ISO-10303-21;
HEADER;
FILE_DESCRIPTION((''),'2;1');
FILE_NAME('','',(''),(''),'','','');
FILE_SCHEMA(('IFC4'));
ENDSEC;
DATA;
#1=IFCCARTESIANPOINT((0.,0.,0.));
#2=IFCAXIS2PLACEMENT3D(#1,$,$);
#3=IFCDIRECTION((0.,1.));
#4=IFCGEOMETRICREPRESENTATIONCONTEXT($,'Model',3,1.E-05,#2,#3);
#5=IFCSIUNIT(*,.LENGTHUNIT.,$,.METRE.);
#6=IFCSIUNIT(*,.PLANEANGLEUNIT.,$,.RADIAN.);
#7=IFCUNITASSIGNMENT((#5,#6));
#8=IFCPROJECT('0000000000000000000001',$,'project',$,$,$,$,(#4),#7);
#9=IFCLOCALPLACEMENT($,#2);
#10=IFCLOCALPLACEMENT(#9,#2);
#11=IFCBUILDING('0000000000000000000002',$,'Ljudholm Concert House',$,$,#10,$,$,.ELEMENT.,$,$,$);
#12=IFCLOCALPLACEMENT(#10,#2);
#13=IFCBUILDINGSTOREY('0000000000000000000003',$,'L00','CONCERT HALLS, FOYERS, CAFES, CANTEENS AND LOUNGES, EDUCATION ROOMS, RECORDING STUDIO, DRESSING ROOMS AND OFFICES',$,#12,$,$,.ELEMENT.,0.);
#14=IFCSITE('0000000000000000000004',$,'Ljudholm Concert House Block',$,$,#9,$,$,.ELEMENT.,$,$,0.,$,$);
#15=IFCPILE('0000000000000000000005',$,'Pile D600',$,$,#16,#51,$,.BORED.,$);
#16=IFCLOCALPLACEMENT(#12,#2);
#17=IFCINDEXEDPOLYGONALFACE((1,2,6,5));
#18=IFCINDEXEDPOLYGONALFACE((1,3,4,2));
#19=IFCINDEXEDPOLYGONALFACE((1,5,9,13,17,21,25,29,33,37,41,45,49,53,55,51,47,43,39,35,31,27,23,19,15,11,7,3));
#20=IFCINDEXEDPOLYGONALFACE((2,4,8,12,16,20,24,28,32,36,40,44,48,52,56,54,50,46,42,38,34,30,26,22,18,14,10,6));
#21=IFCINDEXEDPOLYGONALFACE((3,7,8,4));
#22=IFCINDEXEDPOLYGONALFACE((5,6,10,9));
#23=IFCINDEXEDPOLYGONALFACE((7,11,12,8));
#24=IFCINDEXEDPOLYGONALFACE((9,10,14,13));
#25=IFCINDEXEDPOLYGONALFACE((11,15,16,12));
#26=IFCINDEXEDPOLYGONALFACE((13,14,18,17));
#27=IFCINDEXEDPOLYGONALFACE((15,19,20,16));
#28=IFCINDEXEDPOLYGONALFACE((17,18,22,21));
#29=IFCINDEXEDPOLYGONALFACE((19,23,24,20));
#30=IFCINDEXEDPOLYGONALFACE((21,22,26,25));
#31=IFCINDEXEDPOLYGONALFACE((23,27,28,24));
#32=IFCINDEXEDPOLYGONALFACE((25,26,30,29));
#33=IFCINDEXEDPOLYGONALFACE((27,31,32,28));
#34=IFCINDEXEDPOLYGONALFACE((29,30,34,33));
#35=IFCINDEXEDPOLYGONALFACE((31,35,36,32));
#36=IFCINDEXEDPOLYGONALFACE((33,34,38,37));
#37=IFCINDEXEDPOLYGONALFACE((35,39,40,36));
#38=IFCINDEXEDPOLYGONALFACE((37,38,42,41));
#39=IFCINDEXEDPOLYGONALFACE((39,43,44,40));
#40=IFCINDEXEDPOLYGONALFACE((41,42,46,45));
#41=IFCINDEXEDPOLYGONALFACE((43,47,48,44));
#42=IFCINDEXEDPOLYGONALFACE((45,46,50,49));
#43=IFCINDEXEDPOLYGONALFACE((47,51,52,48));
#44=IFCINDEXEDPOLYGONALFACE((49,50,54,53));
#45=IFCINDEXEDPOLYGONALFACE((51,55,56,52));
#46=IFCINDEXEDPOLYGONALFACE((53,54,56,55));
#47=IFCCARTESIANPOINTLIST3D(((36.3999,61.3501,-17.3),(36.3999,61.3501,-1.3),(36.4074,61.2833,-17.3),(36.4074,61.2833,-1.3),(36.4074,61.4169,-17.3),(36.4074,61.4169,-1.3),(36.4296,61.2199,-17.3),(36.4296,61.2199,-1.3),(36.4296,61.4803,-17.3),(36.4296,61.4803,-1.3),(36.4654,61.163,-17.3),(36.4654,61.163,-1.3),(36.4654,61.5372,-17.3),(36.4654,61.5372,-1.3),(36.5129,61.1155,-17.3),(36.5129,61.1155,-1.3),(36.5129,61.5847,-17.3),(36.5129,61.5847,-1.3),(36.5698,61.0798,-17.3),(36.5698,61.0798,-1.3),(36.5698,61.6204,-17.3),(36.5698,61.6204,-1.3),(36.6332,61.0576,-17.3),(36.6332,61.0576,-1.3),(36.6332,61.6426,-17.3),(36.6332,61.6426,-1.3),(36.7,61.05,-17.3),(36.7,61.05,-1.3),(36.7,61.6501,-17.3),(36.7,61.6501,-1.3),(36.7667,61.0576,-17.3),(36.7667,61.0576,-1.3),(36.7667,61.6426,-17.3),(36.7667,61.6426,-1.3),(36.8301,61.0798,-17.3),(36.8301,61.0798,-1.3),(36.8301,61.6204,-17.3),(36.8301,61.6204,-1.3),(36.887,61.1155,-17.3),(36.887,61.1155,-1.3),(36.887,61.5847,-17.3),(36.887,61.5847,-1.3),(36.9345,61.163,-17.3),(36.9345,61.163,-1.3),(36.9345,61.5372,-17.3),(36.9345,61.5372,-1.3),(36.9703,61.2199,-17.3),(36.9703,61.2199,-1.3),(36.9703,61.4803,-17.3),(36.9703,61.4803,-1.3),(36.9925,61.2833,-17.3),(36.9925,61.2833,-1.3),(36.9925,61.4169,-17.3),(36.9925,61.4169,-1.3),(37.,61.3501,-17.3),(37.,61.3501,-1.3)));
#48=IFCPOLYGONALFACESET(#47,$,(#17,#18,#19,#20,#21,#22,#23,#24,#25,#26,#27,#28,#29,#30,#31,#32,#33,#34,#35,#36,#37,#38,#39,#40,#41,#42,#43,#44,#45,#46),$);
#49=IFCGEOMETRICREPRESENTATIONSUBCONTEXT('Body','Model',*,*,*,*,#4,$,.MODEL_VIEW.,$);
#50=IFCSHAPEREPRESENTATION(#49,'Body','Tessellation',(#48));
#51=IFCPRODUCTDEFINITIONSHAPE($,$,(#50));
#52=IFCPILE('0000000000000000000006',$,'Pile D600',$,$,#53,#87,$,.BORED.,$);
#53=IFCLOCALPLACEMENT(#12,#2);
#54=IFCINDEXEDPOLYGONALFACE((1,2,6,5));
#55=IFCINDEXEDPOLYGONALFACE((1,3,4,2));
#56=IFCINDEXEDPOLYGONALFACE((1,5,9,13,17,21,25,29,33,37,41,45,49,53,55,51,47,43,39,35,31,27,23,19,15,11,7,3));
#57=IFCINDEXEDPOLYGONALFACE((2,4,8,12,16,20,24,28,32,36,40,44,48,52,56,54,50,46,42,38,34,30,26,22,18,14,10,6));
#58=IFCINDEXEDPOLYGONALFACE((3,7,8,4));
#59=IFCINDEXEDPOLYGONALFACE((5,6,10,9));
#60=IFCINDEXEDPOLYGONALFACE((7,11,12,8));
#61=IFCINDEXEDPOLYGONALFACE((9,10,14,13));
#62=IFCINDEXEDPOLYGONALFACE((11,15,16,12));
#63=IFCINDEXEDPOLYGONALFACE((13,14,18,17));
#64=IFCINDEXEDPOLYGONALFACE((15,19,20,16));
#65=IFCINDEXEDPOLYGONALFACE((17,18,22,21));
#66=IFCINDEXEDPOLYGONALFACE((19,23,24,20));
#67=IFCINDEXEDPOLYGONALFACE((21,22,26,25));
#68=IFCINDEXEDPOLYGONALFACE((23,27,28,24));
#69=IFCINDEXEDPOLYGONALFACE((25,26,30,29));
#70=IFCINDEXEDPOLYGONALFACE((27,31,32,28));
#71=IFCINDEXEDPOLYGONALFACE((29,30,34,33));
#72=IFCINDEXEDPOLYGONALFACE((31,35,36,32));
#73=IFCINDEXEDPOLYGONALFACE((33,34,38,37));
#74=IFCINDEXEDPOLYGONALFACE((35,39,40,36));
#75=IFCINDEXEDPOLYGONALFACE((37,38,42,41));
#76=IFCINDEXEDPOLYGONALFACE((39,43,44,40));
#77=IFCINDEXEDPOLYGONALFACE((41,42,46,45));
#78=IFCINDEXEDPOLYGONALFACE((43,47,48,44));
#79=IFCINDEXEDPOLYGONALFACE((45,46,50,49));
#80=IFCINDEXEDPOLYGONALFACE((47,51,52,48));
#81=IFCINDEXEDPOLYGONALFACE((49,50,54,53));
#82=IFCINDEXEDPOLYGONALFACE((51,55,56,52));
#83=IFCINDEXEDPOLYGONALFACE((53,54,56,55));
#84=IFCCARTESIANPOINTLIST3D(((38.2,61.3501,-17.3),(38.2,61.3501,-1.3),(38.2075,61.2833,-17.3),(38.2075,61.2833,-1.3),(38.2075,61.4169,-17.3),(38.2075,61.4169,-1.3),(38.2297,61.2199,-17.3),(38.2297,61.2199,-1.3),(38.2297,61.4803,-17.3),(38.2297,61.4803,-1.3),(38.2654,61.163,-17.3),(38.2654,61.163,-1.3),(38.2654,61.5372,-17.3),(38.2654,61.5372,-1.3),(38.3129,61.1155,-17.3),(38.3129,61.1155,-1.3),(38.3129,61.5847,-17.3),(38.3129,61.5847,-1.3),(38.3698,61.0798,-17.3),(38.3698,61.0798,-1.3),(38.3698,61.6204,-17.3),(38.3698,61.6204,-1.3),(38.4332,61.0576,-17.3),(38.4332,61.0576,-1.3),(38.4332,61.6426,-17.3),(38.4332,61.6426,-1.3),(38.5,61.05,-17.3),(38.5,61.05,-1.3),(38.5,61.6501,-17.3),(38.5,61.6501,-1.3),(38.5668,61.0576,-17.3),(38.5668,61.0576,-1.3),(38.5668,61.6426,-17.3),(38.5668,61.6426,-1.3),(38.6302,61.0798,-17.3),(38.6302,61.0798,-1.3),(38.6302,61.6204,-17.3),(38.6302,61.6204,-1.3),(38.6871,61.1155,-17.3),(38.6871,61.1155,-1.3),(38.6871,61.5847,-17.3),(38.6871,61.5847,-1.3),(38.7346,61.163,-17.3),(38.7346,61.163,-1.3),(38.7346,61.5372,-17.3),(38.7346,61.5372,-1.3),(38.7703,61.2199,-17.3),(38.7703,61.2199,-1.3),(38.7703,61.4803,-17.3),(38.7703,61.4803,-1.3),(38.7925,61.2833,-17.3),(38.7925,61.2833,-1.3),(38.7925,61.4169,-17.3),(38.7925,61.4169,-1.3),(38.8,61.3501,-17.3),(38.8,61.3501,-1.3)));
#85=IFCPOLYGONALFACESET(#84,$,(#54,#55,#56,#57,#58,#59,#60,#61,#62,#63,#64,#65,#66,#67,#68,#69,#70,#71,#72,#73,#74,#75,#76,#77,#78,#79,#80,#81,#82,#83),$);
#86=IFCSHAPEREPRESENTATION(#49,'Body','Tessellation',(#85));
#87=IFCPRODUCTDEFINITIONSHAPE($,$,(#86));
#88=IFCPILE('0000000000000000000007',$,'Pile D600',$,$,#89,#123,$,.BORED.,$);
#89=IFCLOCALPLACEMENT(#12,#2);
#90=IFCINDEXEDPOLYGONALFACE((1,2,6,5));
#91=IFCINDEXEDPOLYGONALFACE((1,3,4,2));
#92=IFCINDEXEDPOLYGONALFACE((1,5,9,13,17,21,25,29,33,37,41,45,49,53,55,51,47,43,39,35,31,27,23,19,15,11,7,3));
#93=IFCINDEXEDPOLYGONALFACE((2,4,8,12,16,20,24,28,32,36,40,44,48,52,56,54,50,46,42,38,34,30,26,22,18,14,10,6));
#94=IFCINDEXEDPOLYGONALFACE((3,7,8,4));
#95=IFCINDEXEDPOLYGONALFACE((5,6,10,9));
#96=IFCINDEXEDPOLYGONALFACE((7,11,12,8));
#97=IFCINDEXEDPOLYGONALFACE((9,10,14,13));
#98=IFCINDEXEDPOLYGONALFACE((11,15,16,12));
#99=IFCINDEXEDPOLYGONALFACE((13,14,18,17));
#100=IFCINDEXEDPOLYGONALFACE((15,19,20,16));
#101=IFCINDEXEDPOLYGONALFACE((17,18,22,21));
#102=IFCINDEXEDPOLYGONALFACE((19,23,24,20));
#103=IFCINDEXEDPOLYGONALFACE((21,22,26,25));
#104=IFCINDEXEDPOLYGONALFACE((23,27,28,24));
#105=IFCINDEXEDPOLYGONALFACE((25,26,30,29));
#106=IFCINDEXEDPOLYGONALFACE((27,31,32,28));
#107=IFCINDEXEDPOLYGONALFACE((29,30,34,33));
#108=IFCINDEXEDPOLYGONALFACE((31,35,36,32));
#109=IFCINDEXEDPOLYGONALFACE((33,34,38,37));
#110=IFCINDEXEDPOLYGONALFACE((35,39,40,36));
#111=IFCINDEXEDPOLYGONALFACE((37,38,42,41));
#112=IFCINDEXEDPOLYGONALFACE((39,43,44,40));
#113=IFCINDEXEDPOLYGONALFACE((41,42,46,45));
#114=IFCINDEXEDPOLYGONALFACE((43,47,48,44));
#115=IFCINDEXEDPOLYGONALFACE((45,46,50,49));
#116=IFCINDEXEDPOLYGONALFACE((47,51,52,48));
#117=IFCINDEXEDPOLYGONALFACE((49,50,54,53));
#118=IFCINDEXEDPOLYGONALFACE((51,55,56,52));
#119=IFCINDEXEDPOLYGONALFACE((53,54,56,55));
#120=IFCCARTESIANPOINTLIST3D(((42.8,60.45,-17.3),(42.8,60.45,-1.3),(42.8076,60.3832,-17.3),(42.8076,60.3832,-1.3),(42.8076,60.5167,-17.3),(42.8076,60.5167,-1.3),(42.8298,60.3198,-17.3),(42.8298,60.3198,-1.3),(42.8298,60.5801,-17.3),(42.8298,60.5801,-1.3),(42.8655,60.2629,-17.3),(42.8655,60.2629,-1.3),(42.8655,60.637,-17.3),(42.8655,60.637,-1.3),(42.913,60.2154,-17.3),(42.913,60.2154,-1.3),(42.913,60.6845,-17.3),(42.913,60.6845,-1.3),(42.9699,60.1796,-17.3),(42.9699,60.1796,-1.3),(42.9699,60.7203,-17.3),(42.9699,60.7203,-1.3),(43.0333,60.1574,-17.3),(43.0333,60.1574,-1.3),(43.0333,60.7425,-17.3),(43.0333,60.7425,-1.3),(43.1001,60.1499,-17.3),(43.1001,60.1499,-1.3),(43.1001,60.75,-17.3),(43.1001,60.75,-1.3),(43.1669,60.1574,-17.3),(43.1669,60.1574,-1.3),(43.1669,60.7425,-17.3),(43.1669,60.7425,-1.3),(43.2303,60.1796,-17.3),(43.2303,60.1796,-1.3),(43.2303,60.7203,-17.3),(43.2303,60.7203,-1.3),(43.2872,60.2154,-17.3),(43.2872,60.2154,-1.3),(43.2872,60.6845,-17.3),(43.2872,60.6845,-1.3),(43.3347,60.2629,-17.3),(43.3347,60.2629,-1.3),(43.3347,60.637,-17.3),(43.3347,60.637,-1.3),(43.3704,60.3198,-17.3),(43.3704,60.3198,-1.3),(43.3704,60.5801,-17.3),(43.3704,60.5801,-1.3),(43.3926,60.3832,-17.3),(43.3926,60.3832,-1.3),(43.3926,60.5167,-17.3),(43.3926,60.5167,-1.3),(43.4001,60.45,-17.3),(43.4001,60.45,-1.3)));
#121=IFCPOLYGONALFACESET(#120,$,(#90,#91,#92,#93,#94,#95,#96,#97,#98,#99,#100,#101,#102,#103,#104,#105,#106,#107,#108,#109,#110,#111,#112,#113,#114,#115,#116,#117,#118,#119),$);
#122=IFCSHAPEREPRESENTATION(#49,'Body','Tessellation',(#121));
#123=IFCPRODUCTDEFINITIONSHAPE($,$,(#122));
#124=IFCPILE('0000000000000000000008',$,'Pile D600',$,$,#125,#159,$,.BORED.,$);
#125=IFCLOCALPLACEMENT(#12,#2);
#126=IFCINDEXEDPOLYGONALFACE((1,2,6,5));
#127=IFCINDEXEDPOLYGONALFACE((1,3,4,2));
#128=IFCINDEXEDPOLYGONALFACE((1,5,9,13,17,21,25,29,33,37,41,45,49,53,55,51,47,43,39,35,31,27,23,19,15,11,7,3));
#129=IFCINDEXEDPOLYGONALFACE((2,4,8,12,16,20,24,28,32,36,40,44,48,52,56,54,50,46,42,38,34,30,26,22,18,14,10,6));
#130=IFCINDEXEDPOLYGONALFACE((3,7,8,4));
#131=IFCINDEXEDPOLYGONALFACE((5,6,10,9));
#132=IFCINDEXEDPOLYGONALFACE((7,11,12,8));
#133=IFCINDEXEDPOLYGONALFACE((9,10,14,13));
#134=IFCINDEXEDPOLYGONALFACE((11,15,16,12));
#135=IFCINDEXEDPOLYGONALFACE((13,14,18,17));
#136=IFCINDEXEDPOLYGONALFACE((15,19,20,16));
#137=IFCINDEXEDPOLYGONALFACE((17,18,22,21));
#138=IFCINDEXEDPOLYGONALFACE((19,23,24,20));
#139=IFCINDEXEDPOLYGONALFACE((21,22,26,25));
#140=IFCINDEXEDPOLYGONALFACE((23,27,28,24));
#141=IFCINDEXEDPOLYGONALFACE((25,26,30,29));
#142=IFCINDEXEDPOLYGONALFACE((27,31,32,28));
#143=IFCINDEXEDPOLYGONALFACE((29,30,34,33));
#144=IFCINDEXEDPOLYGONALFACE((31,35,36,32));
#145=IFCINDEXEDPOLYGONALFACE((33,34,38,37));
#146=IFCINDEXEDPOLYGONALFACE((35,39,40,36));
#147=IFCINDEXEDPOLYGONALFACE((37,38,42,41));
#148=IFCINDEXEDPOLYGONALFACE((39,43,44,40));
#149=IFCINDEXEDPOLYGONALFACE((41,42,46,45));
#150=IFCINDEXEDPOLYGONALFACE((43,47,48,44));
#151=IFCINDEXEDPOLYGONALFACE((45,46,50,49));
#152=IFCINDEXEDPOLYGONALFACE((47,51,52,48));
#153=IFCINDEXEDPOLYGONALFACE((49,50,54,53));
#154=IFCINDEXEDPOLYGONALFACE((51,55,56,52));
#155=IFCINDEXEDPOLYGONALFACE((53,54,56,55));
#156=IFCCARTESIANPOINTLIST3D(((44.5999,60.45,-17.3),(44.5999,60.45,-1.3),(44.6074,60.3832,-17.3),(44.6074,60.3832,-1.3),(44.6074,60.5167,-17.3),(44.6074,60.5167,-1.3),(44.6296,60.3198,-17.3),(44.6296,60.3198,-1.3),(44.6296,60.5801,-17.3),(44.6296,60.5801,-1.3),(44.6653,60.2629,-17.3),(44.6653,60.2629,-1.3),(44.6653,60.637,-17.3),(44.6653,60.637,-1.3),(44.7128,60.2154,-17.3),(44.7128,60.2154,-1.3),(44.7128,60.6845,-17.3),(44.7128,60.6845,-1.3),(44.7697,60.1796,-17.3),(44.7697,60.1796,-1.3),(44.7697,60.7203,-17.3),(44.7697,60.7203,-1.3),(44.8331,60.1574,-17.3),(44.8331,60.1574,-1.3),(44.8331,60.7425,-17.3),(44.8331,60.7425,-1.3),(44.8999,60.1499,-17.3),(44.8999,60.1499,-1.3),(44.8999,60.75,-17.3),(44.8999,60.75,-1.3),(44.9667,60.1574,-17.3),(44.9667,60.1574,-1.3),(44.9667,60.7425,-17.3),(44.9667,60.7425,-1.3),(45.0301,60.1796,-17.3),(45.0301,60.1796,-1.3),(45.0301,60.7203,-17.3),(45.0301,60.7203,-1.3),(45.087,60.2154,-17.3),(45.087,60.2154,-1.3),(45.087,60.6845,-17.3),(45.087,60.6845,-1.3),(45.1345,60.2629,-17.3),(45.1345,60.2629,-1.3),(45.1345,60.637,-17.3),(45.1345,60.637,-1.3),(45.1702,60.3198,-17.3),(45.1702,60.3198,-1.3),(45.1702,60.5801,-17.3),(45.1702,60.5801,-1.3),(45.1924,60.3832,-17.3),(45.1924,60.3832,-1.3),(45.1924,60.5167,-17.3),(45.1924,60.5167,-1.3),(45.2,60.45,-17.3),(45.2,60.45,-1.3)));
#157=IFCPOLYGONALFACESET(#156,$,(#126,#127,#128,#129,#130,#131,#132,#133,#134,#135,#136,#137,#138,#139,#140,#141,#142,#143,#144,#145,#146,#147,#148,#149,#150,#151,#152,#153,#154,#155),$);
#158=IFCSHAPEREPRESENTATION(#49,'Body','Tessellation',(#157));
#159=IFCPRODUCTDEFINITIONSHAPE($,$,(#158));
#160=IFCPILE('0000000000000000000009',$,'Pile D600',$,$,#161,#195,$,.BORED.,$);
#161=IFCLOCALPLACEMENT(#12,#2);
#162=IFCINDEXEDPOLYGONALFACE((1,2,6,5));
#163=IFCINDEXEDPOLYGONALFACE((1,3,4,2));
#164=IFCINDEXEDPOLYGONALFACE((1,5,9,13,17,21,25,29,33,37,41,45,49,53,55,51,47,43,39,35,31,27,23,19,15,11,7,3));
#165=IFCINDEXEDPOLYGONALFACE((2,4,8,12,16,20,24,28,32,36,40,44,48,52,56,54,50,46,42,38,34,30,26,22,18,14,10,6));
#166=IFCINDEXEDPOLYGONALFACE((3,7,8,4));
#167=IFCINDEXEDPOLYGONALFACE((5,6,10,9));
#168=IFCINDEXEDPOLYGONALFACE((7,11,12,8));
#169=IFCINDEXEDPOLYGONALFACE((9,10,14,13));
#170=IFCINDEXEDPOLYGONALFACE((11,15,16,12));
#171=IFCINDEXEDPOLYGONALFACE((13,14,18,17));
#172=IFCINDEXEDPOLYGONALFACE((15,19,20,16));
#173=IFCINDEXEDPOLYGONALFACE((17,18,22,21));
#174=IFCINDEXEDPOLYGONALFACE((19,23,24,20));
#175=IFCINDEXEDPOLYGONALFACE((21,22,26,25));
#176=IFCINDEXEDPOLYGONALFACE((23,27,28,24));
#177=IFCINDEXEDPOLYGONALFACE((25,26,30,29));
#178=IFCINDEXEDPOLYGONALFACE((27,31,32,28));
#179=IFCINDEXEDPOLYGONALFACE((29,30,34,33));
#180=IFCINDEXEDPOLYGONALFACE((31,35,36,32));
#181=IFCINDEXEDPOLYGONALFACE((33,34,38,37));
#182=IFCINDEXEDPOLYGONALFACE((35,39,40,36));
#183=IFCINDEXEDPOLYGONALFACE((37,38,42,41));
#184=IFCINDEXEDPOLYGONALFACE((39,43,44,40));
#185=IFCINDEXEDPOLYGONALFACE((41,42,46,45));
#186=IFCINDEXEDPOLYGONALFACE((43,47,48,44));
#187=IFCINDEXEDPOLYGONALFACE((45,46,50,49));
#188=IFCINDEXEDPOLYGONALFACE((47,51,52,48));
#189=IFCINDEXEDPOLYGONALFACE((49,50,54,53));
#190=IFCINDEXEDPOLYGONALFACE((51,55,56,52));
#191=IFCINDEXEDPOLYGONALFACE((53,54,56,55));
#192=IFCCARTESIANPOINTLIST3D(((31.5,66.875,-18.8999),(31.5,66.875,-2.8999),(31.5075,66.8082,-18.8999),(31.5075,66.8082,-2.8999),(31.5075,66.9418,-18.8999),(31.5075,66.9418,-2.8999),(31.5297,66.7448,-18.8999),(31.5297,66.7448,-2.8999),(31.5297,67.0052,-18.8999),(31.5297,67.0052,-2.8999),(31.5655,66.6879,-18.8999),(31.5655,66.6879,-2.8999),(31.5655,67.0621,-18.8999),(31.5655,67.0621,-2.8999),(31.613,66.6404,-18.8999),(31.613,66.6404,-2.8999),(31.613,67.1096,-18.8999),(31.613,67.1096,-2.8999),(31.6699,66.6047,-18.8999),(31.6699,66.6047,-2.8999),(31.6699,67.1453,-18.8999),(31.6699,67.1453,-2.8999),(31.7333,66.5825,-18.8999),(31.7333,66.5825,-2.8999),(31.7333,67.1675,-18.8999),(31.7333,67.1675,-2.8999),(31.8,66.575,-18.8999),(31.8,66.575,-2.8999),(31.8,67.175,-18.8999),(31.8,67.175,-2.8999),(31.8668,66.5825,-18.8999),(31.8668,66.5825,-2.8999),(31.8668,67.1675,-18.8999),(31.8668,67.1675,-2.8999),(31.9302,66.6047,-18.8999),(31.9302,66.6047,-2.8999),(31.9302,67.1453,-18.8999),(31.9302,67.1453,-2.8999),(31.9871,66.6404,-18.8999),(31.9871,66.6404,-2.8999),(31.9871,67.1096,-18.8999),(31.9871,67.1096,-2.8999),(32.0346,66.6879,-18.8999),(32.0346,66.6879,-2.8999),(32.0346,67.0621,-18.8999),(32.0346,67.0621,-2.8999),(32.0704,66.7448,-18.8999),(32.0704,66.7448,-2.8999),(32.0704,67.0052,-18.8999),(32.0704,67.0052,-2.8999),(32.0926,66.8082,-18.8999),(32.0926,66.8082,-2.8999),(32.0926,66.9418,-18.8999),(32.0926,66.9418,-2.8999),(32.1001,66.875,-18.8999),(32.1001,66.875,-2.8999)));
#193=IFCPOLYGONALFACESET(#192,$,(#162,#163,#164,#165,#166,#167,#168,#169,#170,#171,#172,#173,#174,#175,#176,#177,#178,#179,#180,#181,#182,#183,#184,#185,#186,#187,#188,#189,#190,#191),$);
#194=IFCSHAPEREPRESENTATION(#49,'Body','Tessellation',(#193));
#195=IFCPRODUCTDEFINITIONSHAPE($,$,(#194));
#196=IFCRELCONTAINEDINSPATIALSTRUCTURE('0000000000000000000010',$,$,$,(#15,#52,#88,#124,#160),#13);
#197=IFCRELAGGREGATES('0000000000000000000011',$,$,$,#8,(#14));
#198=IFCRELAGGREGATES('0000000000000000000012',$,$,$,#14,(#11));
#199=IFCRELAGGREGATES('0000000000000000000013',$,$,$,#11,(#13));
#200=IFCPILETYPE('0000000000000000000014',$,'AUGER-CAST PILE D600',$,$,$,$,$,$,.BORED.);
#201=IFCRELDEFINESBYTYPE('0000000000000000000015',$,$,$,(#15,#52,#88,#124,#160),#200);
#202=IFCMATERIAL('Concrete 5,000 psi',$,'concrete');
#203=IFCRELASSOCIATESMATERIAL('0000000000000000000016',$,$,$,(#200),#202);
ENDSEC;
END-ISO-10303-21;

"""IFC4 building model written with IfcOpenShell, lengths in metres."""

from ifc_helpers import new_model, si_unit, direction, frame, origin, origin_2d, place, context, subcontext, project, spatial, circle, extrude, material, material_profile, profile_set, type_object, element, save


model = new_model("IFC4")

# Units and contexts
model_context = context("Model", 3, precision=1e-05, world=origin(), true_north=direction((0.0, 1.0)))
body_context = subcontext(model_context, "Body", "Model", "MODEL_VIEW")
ifc_project = project(units=[si_unit("LENGTHUNIT", "METRE"), si_unit("PLANEANGLEUNIT", "RADIAN")], contexts=[model_context])

# Site, building, storey
site_placement = place(None, origin())
site = spatial("IfcSite", under=ifc_project, at=site_placement, Name="Ljudholm Concert House Block", CompositionType="ELEMENT", RefElevation=0.0)
building_placement = place(site_placement, origin())
building = spatial("IfcBuilding", under=site, at=building_placement, Name="Ljudholm Concert House", CompositionType="ELEMENT")
storey_placement = place(building_placement, origin())
storey = spatial("IfcBuildingStorey", under=building, at=storey_placement, Name="L00", Description="CONCERT HALLS, FOYERS, CAFES, CANTEENS AND LOUNGES, EDUCATION ROOMS, RECORDING STUDIO, DRESSING ROOMS AND OFFICES", CompositionType="ELEMENT", Elevation=0.0)

# Piles
ifc_material_1 = material(Name="Concrete 5,000 psi", Category="concrete")
ifc_material_profile_1 = material_profile(ifc_material_1, circle(Radius=0.3, at=origin_2d()), Name="AUGER-CAST PILE D600")
ifc_profile_set_1 = profile_set([ifc_material_profile_1], Name="Concrete 5,000 psi")
pile_type = type_object("IfcPileType", Name="AUGER-CAST PILE D600", PredefinedType="BORED", material=ifc_profile_set_1)
for number, where, z_axis, x_axis, name in (
    (1, (36.7, 61.3501, -1.3), (0.0, 0.0, -1.0), (1.0, 0.0, 0.0), "Pile D600"),
    (2, (38.5, 61.3501, -1.3), (0.0, 0.0, -1.0), (1.0, 0.0, 0.0), "Pile D600"),
    (3, (43.1001, 60.45, -1.3), (0.0, 0.0, -1.0), (1.0, 0.0, 0.0), "Pile D600"),
    (4, (44.8999, 60.45, -1.3), (0.0, 0.0, -1.0), (1.0, 0.0, 0.0), "Pile D600"),
    (5, (31.8, 66.875, -2.8999), (0.0, 0.0, -1.0), (1.0, 0.0, 0.0), "Pile D600"),
):
    element("IfcPile", number, at=place(storey_placement, frame(where, z_axis=z_axis, x_axis=x_axis)), inside=storey, type_object=pile_type, Name=name, PredefinedType="BORED", context=body_context, shape_type="SweptSolid", body=[
        extrude(circle(Radius=0.3, at=origin_2d()), origin(), (0.0, 0.0, 1.0), 16.0),
    ])

save(model, "model.ifc")
